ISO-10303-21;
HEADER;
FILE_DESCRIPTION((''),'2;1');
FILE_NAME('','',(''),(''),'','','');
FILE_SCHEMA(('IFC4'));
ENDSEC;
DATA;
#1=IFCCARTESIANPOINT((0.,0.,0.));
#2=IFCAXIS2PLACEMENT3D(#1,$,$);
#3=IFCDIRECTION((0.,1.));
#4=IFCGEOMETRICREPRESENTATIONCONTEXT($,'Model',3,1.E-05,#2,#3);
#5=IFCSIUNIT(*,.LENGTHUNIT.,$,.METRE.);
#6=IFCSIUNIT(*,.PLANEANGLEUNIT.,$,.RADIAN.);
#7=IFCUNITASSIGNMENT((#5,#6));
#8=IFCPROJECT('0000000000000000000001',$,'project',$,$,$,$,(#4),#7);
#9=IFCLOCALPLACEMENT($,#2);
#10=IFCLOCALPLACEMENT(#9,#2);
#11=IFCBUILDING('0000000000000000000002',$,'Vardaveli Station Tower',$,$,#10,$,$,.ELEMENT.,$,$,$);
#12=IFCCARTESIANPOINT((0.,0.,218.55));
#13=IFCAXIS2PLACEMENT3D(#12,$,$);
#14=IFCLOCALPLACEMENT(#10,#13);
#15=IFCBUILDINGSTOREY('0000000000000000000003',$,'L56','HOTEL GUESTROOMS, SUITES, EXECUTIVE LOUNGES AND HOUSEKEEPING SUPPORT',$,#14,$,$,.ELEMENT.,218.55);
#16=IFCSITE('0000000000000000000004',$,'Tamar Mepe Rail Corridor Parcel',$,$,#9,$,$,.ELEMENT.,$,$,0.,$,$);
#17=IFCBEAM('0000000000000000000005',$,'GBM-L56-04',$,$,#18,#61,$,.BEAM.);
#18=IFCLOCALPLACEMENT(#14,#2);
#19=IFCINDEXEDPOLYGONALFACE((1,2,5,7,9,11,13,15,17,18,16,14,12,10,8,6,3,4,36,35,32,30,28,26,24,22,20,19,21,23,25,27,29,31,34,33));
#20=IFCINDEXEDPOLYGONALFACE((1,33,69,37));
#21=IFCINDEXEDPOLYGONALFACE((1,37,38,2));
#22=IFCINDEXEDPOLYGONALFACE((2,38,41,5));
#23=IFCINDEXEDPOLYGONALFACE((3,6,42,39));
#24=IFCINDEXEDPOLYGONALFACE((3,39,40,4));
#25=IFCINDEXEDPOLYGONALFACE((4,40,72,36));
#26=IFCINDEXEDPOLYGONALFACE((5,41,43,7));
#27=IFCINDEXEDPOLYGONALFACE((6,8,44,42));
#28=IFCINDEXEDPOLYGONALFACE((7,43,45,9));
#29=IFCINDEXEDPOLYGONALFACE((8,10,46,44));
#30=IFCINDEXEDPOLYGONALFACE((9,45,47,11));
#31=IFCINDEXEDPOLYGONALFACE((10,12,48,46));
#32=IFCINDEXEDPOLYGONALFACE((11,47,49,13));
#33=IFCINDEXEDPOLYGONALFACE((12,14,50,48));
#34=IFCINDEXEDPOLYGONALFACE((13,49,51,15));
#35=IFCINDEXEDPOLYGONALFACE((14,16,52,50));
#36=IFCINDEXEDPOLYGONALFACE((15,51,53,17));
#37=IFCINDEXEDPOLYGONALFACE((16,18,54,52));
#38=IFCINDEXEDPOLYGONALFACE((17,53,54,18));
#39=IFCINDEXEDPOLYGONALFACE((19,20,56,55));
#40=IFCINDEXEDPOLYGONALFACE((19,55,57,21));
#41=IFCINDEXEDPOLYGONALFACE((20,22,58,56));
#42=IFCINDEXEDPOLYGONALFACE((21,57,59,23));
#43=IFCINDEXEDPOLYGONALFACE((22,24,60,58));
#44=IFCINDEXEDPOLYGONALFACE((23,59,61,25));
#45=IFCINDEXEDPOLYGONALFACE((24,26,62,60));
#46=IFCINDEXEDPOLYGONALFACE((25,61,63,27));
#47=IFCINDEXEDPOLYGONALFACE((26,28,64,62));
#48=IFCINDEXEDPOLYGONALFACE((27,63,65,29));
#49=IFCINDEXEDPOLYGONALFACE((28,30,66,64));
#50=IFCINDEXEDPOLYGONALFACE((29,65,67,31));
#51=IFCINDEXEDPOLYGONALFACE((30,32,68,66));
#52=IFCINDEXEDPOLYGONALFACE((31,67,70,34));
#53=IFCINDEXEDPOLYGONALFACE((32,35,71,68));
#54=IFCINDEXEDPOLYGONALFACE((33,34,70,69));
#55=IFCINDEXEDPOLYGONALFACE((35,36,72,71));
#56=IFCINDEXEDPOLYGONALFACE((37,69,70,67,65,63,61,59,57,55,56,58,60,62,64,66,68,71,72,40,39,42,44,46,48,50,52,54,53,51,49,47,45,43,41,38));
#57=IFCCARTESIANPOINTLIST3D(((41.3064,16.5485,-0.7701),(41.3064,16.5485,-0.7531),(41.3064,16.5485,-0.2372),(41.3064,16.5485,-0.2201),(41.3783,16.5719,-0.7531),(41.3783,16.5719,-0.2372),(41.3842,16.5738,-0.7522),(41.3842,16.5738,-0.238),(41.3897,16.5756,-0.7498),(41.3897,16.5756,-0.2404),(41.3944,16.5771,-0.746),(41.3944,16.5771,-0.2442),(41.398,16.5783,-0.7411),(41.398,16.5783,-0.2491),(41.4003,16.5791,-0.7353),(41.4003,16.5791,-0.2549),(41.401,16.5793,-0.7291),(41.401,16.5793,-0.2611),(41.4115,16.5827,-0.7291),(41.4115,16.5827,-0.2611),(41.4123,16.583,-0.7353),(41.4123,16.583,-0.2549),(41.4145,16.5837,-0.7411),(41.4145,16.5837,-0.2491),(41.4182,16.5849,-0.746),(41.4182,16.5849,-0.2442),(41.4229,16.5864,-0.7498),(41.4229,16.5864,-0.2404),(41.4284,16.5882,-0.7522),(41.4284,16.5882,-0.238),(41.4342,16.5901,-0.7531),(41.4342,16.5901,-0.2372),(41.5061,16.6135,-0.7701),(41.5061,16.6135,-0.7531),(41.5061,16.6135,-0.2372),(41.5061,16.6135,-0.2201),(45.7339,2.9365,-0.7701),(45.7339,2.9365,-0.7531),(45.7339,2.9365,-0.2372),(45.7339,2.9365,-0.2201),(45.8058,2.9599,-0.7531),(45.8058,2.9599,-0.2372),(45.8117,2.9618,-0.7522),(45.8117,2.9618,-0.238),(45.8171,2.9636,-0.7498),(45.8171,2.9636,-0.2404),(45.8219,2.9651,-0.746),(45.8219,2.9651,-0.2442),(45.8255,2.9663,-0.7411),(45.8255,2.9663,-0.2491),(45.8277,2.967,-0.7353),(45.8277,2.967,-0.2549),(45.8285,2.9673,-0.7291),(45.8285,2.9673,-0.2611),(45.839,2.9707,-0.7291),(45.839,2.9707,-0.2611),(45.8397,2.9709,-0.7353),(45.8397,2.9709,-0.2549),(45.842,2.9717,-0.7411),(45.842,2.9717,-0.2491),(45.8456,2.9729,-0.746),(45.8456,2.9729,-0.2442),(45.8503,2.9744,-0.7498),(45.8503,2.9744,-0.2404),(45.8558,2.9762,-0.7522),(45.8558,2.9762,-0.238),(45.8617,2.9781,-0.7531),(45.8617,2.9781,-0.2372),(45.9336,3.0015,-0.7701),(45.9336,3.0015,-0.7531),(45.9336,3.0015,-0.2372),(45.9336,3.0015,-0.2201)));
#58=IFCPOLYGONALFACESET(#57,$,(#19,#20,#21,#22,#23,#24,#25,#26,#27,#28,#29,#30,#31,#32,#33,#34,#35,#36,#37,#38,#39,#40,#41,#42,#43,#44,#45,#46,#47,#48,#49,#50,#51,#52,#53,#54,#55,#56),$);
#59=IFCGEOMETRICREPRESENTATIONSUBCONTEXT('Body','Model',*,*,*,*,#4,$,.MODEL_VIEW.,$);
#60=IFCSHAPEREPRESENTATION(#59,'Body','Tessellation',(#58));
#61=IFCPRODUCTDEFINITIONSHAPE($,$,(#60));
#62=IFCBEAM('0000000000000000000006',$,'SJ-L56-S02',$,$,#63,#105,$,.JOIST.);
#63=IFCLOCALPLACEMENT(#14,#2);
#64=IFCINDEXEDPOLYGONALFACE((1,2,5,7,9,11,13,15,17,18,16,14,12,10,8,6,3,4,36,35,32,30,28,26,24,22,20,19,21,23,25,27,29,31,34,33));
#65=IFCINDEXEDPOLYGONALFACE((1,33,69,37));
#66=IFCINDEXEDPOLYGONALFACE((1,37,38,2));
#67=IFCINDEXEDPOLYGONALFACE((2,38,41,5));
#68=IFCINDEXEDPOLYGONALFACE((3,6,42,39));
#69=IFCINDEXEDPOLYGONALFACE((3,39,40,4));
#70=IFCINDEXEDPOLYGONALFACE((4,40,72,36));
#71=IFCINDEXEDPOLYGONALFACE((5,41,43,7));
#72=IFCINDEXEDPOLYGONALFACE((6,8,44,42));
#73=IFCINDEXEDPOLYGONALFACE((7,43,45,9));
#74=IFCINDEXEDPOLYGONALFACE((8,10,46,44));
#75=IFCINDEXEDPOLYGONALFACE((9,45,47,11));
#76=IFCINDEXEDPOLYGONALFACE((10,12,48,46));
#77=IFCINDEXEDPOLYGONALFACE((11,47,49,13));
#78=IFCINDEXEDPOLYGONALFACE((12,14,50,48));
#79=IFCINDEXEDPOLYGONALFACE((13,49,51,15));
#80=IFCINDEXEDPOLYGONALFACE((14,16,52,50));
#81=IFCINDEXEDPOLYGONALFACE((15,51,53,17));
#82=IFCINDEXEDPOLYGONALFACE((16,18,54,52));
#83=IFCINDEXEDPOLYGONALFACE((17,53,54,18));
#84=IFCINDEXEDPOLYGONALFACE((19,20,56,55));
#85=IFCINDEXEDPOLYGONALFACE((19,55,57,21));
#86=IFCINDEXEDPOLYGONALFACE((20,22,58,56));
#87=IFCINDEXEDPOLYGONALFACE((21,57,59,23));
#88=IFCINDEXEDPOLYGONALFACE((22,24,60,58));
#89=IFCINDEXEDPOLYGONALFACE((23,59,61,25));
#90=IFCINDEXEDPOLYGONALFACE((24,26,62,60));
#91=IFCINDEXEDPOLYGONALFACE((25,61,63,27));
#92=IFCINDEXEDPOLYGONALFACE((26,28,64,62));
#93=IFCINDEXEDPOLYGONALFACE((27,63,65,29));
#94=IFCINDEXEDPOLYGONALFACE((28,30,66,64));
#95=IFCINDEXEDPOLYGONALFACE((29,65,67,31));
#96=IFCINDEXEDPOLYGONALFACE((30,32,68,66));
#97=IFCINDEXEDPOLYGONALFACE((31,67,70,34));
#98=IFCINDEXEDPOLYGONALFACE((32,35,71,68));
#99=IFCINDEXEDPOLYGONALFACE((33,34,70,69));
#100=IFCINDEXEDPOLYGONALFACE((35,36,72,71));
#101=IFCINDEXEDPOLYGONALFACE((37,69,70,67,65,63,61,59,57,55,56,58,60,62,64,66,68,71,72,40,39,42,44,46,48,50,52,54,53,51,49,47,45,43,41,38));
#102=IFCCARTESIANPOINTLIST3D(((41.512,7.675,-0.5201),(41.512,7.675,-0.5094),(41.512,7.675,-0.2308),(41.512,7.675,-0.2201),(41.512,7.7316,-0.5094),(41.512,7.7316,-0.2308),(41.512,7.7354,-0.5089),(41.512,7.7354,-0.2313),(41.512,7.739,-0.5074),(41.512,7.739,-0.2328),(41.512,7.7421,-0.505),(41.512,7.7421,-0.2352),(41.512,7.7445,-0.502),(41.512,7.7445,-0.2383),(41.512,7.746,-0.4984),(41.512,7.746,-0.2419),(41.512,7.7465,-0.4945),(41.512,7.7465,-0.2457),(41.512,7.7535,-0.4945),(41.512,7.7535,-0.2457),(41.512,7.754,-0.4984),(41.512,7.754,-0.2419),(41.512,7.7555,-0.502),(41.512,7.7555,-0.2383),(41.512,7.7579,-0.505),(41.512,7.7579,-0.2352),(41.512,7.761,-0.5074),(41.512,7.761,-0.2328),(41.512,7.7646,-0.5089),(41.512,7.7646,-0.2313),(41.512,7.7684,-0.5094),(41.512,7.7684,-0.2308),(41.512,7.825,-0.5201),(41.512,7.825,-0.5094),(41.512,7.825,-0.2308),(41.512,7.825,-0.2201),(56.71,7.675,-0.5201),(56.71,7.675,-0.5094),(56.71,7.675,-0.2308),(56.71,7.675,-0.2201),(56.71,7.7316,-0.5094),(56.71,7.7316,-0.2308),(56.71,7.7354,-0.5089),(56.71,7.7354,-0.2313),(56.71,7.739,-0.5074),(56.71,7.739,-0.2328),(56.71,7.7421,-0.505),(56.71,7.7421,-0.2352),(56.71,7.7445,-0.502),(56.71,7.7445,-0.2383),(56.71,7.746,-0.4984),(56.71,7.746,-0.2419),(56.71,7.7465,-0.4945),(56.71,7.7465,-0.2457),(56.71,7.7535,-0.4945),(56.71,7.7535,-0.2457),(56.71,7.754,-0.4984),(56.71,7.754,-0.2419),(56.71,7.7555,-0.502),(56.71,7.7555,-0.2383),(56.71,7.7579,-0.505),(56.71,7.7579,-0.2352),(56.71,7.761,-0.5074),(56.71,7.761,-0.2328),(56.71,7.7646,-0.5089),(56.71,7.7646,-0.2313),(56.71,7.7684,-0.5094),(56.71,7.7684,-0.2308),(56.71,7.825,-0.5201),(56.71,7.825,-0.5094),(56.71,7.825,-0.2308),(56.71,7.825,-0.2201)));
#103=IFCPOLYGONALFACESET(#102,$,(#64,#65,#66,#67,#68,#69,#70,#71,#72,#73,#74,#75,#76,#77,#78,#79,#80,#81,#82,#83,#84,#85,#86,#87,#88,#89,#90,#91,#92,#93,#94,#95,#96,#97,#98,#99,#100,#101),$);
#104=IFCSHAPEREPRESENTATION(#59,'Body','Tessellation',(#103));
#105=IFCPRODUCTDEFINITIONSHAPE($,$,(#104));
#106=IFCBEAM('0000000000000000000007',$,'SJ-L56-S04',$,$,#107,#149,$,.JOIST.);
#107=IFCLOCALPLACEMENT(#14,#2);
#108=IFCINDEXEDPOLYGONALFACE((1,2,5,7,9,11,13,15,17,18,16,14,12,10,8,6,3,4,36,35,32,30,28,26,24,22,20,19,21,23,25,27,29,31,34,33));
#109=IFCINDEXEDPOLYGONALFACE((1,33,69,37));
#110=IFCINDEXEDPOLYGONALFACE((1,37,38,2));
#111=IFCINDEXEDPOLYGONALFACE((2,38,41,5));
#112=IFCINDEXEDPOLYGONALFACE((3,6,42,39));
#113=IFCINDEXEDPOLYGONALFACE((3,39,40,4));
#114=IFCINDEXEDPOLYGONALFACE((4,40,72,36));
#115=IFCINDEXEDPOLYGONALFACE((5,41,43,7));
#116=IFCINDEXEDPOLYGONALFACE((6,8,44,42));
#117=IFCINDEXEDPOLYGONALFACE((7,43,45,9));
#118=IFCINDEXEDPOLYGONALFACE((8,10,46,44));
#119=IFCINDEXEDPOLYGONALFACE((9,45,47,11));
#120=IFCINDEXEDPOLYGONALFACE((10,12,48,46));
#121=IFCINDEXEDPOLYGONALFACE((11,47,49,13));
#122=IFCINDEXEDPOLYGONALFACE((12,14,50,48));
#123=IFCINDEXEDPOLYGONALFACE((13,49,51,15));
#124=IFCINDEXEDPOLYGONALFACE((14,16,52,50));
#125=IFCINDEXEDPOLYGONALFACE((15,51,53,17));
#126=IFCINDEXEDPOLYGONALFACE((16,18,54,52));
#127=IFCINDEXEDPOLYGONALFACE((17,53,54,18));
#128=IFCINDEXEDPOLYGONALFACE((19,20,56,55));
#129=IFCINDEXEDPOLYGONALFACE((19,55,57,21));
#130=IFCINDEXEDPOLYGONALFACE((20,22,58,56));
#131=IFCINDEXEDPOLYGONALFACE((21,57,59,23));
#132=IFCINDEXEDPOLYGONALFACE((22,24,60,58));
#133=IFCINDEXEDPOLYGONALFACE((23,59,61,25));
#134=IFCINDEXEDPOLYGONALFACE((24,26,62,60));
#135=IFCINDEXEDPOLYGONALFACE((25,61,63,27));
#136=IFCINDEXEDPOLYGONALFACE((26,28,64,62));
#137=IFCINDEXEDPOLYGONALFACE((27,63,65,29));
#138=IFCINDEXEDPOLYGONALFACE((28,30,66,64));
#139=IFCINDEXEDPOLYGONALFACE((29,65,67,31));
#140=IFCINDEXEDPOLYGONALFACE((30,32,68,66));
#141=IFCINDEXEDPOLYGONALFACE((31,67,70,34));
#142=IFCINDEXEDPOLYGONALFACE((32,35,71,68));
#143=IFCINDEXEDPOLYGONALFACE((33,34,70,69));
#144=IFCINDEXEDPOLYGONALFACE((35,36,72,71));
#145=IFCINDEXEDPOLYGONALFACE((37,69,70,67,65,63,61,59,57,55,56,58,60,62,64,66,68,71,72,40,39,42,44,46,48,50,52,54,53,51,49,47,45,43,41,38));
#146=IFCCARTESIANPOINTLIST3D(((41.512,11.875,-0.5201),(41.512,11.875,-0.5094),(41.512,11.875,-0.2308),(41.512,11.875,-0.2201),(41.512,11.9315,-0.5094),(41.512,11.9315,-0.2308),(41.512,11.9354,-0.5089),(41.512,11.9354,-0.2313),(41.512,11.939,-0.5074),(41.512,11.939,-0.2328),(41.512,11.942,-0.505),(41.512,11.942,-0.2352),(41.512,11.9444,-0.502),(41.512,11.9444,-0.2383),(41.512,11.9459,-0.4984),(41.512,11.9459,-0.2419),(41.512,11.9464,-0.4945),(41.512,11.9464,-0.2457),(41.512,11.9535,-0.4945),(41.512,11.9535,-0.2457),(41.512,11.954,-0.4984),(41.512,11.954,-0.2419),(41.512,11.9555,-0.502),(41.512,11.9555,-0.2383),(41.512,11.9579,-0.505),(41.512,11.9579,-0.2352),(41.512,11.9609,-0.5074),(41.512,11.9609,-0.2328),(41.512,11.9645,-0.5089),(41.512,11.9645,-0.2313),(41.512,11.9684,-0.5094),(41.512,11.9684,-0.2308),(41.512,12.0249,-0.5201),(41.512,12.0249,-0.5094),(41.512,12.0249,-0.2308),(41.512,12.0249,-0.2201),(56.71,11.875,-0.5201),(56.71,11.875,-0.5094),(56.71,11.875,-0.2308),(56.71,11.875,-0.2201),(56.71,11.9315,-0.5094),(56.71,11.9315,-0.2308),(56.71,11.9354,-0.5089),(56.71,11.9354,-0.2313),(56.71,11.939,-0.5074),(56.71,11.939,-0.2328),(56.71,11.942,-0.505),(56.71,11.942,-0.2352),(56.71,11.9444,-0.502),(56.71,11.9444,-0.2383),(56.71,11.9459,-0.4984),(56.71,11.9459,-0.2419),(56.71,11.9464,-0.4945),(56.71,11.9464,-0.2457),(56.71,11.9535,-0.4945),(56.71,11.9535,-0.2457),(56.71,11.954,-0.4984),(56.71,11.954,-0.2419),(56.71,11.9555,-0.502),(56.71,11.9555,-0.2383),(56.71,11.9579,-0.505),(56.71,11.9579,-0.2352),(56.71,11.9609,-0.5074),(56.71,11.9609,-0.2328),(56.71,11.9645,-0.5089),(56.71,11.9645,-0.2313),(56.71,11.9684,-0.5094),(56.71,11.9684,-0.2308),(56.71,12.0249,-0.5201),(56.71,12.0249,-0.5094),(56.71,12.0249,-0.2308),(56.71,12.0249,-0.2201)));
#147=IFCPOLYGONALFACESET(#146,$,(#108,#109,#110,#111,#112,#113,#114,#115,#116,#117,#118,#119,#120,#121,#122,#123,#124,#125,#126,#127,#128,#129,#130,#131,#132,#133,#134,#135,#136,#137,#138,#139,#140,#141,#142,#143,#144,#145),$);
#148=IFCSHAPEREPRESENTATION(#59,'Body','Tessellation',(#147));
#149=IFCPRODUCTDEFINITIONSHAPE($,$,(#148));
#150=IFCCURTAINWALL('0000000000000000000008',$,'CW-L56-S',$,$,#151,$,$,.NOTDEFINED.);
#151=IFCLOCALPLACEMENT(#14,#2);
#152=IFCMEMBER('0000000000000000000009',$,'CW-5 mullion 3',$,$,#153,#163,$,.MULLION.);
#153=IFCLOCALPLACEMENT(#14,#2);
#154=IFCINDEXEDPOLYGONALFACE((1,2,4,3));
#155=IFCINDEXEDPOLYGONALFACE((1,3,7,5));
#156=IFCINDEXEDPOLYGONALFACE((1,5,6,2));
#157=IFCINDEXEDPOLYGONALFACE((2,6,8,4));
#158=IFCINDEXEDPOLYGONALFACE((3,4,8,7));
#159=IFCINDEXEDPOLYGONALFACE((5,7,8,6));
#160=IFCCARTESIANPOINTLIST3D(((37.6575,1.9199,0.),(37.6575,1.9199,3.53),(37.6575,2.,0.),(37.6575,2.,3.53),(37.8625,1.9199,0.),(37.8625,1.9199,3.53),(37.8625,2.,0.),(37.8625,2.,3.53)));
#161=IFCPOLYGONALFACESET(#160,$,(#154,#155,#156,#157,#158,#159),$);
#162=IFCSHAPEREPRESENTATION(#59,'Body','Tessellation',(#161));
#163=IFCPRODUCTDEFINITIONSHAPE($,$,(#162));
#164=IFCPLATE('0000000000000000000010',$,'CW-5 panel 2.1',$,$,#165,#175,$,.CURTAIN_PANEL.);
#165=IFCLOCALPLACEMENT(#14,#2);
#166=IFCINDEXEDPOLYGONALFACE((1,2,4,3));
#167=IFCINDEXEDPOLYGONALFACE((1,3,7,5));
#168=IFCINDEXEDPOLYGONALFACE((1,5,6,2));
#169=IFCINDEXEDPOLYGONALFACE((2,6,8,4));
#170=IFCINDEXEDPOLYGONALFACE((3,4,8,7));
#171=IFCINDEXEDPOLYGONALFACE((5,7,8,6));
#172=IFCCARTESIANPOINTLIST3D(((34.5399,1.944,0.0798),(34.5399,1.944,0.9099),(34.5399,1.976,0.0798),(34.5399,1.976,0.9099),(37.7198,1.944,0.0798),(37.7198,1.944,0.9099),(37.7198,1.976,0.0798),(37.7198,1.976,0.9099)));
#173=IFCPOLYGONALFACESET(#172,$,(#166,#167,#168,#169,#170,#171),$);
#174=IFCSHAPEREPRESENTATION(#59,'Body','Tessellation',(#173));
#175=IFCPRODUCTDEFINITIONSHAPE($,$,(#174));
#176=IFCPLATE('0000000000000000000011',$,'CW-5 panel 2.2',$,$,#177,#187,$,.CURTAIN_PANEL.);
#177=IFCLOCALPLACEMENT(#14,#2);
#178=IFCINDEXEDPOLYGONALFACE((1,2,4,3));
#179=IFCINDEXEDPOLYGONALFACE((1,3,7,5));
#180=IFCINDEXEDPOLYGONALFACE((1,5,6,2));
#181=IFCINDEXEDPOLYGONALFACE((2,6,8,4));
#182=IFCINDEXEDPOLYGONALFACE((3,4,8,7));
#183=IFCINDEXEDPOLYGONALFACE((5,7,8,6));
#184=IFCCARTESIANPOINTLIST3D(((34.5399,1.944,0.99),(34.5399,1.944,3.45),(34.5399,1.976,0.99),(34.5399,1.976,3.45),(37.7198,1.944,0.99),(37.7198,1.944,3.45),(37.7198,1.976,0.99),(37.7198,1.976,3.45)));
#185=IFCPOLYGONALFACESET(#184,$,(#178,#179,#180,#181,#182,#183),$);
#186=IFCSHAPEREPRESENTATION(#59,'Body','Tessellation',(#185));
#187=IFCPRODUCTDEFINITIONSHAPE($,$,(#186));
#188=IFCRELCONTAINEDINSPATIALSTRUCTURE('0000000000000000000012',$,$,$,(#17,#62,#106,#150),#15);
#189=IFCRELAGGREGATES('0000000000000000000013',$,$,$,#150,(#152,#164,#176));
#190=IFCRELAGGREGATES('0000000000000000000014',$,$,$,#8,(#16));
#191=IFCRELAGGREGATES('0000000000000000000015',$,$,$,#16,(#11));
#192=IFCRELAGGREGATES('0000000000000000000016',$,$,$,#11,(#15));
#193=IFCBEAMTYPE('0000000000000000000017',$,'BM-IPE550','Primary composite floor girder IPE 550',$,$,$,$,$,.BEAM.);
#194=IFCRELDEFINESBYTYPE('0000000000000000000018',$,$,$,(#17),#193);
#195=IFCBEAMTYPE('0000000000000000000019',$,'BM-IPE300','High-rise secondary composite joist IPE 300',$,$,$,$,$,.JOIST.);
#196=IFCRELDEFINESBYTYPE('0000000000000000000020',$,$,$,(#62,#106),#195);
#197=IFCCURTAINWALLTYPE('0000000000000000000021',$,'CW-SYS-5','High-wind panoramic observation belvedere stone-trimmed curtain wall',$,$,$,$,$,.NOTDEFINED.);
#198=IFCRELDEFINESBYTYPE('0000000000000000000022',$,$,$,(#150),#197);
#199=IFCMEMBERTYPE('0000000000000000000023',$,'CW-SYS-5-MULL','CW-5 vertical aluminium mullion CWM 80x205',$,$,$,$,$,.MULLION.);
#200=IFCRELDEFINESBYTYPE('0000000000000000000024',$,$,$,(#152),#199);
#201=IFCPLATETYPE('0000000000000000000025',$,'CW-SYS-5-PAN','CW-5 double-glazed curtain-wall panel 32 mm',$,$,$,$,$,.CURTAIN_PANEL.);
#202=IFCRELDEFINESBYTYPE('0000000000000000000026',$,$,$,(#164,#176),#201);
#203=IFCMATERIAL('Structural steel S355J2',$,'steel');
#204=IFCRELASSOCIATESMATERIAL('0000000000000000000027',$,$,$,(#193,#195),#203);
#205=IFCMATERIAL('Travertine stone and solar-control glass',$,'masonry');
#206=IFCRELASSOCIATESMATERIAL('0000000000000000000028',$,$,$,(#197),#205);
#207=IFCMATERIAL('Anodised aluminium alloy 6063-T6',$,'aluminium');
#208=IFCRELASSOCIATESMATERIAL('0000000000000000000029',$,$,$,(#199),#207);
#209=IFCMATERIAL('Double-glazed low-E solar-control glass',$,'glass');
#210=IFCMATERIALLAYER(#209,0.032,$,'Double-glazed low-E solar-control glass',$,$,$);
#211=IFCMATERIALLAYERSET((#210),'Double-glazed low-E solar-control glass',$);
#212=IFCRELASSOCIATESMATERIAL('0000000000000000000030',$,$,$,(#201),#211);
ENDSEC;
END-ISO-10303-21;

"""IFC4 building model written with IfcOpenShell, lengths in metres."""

from ifc_helpers import new_model, si_unit, direction, frame, origin, origin_2d, place, context, subcontext, project, spatial, rectangle, i_section, extrude, source, transform, mapped, material, layer, layer_set, material_profile, profile_set, type_object, element, aggregate, save


model = new_model("IFC4")

# Units and contexts
model_context = context("Model", 3, precision=1e-05, world=origin(), true_north=direction((0.0, 1.0)))
body_context = subcontext(model_context, "Body", "Model", "MODEL_VIEW")
ifc_project = project(units=[si_unit("LENGTHUNIT", "METRE"), si_unit("PLANEANGLEUNIT", "RADIAN")], contexts=[model_context])

# Site, building, storey
site_placement = place(None, origin())
site = spatial("IfcSite", under=ifc_project, at=site_placement, Name="Tamar Mepe Rail Corridor Parcel", CompositionType="ELEMENT", RefElevation=0.0)
building_placement = place(site_placement, origin())
building = spatial("IfcBuilding", under=site, at=building_placement, Name="Vardaveli Station Tower", CompositionType="ELEMENT")
storey_placement = place(building_placement, frame((0.0, 0.0, 218.55)))
storey = spatial("IfcBuildingStorey", under=building, at=storey_placement, Name="L56", Description="HOTEL GUESTROOMS, SUITES, EXECUTIVE LOUNGES AND HOUSEKEEPING SUPPORT", CompositionType="ELEMENT", Elevation=218.55)

# Beams
ifc_material_1 = material(Name="Structural steel S355J2", Category="steel")
ifc_material_profile_1 = material_profile(ifc_material_1, i_section(OverallWidth=0.21, OverallDepth=0.55, WebThickness=0.011, FlangeThickness=0.0171, FilletRadius=0.0239, at=origin_2d()), Name="IPE 550")
ifc_profile_set_1 = profile_set([ifc_material_profile_1], Name="Structural steel S355J2")
beam_type_1 = type_object("IfcBeamType", Name="BM-IPE550", Description="Primary composite floor girder IPE 550", PredefinedType="BEAM", material=ifc_profile_set_1)
shared_shape_1 = source(origin(), body_context, "Body", "SweptSolid", [
    extrude(i_section(OverallWidth=0.21, OverallDepth=0.55, WebThickness=0.011, FlangeThickness=0.0171, FilletRadius=0.0239, at=origin_2d()), origin(), (0.0, 0.0, 1.0), 14.314),
])
beam_1_placement = place(storey_placement, frame((45.8337, 2.969, -0.4951), z_axis=(-0.309312, 0.950961, 0.0), x_axis=(-0.950961, -0.309312, 0.0)))
element("IfcBeam", 1, at=beam_1_placement, inside=storey, type_object=beam_type_1, Name="GBM-L56-04", PredefinedType="BEAM", context=body_context, shape_type="MappedRepresentation", body=[
    mapped(shared_shape_1, transform((0.0, 0.0, 0.0), scale=1.0)),
])
ifc_material_profile_2 = material_profile(ifc_material_1, i_section(OverallWidth=0.1499, OverallDepth=0.3, WebThickness=0.0071, FlangeThickness=0.0107, FilletRadius=0.0149, at=origin_2d()), Name="IPE 300")
ifc_profile_set_2 = profile_set([ifc_material_profile_2], Name="Structural steel S355J2")
beam_type_2 = type_object("IfcBeamType", Name="BM-IPE300", Description="High-rise secondary composite joist IPE 300", PredefinedType="JOIST", material=ifc_profile_set_2)
shared_shape_2 = source(origin(), body_context, "Body", "SweptSolid", [
    extrude(i_section(OverallWidth=0.1499, OverallDepth=0.3, WebThickness=0.0071, FlangeThickness=0.0107, FilletRadius=0.0149, at=origin_2d()), origin(), (0.0, 0.0, 1.0), 15.198),
])
for number, where, z_axis, x_axis, name in (
    (2, (41.512, 7.75, -0.3701), (1.0, 0.0, 0.0), (0.0, 1.0, 0.0), "SJ-L56-S02"),
    (3, (41.512, 11.95, -0.3701), (1.0, 0.0, 0.0), (0.0, 1.0, 0.0), "SJ-L56-S04"),
):
    element("IfcBeam", number, at=place(storey_placement, frame(where, z_axis=z_axis, x_axis=x_axis)), inside=storey, type_object=beam_type_2, Name=name, PredefinedType="JOIST", context=body_context, shape_type="MappedRepresentation", body=[
        mapped(shared_shape_2, transform((0.0, 0.0, 0.0), scale=1.0)),
    ])

# Curtain wall, member, plates
ifc_material_2 = material(Name="Travertine stone and solar-control glass", Category="masonry")
curtain_wall_type = type_object("IfcCurtainWallType", Name="CW-SYS-5", Description="High-wind panoramic observation belvedere stone-trimmed curtain wall", PredefinedType="NOTDEFINED", material=ifc_material_2)
curtain_wall_placement = place(storey_placement, origin())
curtain_wall = element("IfcCurtainWall", 4, at=curtain_wall_placement, inside=storey, type_object=curtain_wall_type, Name="CW-L56-S", PredefinedType="NOTDEFINED")
ifc_material_3 = material(Name="Anodised aluminium alloy 6063-T6", Category="aluminium")
ifc_material_profile_3 = material_profile(ifc_material_3, rectangle(XDim=0.0801, YDim=0.2051, at=origin_2d()), Name="CWM 80x205")
ifc_profile_set_3 = profile_set([ifc_material_profile_3], Name="Anodised aluminium alloy 6063-T6")
member_type = type_object("IfcMemberType", Name="CW-SYS-5-MULL", Description="CW-5 vertical aluminium mullion CWM 80x205", PredefinedType="MULLION", material=ifc_profile_set_3)
shared_shape_3 = source(origin(), body_context, "Body", "SweptSolid", [
    extrude(rectangle(XDim=0.0801, YDim=0.2051, at=origin_2d()), origin(), (0.0, 0.0, 1.0), 3.53),
])
member_placement = place(storey_placement, frame((37.76, 1.96, 0.0), z_axis=(0.0, 0.0, 1.0), x_axis=(0.0, 1.0, 0.0)))
member = element("IfcMember", 5, at=member_placement, type_object=member_type, Name="CW-5 mullion 3", PredefinedType="MULLION", context=body_context, shape_type="MappedRepresentation", body=[
    mapped(shared_shape_3, transform((0.0, 0.0, 0.0), scale=1.0)),
])
ifc_material_4 = material(Name="Double-glazed low-E solar-control glass", Category="glass")
ifc_layer_1 = layer(ifc_material_4, 0.032, Name="Double-glazed low-E solar-control glass")
ifc_layer_set_1 = layer_set([ifc_layer_1], Name="Double-glazed low-E solar-control glass")
plate_type = type_object("IfcPlateType", Name="CW-SYS-5-PAN", Description="CW-5 double-glazed curtain-wall panel 32 mm", PredefinedType="CURTAIN_PANEL", material=ifc_layer_set_1)
shared_shape_4 = source(origin(), body_context, "Body", "SweptSolid", [
    extrude(rectangle(XDim=3.1799, YDim=0.032, at=origin_2d()), origin(), (0.0, 0.0, 1.0), 0.8301),
])
plate_1_placement = place(storey_placement, frame((36.1299, 1.96, 0.0798), z_axis=(0.0, 0.0, 1.0), x_axis=(1.0, 0.0, 0.0)))
plate_1 = element("IfcPlate", 6, at=plate_1_placement, type_object=plate_type, Name="CW-5 panel 2.1", PredefinedType="CURTAIN_PANEL", context=body_context, shape_type="MappedRepresentation", body=[
    mapped(shared_shape_4, transform((0.0, 0.0, 0.0), scale=1.0)),
])
shared_shape_5 = source(origin(), body_context, "Body", "SweptSolid", [
    extrude(rectangle(XDim=3.1799, YDim=0.032, at=origin_2d()), origin(), (0.0, 0.0, 1.0), 2.46),
])
plate_2_placement = place(storey_placement, frame((36.1299, 1.96, 0.99), z_axis=(0.0, 0.0, 1.0), x_axis=(1.0, 0.0, 0.0)))
plate_2 = element("IfcPlate", 7, at=plate_2_placement, type_object=plate_type, Name="CW-5 panel 2.2", PredefinedType="CURTAIN_PANEL", context=body_context, shape_type="MappedRepresentation", body=[
    mapped(shared_shape_5, transform((0.0, 0.0, 0.0), scale=1.0)),
])
aggregate(curtain_wall, [member, plate_1, plate_2])

save(model, "model.ifc")
